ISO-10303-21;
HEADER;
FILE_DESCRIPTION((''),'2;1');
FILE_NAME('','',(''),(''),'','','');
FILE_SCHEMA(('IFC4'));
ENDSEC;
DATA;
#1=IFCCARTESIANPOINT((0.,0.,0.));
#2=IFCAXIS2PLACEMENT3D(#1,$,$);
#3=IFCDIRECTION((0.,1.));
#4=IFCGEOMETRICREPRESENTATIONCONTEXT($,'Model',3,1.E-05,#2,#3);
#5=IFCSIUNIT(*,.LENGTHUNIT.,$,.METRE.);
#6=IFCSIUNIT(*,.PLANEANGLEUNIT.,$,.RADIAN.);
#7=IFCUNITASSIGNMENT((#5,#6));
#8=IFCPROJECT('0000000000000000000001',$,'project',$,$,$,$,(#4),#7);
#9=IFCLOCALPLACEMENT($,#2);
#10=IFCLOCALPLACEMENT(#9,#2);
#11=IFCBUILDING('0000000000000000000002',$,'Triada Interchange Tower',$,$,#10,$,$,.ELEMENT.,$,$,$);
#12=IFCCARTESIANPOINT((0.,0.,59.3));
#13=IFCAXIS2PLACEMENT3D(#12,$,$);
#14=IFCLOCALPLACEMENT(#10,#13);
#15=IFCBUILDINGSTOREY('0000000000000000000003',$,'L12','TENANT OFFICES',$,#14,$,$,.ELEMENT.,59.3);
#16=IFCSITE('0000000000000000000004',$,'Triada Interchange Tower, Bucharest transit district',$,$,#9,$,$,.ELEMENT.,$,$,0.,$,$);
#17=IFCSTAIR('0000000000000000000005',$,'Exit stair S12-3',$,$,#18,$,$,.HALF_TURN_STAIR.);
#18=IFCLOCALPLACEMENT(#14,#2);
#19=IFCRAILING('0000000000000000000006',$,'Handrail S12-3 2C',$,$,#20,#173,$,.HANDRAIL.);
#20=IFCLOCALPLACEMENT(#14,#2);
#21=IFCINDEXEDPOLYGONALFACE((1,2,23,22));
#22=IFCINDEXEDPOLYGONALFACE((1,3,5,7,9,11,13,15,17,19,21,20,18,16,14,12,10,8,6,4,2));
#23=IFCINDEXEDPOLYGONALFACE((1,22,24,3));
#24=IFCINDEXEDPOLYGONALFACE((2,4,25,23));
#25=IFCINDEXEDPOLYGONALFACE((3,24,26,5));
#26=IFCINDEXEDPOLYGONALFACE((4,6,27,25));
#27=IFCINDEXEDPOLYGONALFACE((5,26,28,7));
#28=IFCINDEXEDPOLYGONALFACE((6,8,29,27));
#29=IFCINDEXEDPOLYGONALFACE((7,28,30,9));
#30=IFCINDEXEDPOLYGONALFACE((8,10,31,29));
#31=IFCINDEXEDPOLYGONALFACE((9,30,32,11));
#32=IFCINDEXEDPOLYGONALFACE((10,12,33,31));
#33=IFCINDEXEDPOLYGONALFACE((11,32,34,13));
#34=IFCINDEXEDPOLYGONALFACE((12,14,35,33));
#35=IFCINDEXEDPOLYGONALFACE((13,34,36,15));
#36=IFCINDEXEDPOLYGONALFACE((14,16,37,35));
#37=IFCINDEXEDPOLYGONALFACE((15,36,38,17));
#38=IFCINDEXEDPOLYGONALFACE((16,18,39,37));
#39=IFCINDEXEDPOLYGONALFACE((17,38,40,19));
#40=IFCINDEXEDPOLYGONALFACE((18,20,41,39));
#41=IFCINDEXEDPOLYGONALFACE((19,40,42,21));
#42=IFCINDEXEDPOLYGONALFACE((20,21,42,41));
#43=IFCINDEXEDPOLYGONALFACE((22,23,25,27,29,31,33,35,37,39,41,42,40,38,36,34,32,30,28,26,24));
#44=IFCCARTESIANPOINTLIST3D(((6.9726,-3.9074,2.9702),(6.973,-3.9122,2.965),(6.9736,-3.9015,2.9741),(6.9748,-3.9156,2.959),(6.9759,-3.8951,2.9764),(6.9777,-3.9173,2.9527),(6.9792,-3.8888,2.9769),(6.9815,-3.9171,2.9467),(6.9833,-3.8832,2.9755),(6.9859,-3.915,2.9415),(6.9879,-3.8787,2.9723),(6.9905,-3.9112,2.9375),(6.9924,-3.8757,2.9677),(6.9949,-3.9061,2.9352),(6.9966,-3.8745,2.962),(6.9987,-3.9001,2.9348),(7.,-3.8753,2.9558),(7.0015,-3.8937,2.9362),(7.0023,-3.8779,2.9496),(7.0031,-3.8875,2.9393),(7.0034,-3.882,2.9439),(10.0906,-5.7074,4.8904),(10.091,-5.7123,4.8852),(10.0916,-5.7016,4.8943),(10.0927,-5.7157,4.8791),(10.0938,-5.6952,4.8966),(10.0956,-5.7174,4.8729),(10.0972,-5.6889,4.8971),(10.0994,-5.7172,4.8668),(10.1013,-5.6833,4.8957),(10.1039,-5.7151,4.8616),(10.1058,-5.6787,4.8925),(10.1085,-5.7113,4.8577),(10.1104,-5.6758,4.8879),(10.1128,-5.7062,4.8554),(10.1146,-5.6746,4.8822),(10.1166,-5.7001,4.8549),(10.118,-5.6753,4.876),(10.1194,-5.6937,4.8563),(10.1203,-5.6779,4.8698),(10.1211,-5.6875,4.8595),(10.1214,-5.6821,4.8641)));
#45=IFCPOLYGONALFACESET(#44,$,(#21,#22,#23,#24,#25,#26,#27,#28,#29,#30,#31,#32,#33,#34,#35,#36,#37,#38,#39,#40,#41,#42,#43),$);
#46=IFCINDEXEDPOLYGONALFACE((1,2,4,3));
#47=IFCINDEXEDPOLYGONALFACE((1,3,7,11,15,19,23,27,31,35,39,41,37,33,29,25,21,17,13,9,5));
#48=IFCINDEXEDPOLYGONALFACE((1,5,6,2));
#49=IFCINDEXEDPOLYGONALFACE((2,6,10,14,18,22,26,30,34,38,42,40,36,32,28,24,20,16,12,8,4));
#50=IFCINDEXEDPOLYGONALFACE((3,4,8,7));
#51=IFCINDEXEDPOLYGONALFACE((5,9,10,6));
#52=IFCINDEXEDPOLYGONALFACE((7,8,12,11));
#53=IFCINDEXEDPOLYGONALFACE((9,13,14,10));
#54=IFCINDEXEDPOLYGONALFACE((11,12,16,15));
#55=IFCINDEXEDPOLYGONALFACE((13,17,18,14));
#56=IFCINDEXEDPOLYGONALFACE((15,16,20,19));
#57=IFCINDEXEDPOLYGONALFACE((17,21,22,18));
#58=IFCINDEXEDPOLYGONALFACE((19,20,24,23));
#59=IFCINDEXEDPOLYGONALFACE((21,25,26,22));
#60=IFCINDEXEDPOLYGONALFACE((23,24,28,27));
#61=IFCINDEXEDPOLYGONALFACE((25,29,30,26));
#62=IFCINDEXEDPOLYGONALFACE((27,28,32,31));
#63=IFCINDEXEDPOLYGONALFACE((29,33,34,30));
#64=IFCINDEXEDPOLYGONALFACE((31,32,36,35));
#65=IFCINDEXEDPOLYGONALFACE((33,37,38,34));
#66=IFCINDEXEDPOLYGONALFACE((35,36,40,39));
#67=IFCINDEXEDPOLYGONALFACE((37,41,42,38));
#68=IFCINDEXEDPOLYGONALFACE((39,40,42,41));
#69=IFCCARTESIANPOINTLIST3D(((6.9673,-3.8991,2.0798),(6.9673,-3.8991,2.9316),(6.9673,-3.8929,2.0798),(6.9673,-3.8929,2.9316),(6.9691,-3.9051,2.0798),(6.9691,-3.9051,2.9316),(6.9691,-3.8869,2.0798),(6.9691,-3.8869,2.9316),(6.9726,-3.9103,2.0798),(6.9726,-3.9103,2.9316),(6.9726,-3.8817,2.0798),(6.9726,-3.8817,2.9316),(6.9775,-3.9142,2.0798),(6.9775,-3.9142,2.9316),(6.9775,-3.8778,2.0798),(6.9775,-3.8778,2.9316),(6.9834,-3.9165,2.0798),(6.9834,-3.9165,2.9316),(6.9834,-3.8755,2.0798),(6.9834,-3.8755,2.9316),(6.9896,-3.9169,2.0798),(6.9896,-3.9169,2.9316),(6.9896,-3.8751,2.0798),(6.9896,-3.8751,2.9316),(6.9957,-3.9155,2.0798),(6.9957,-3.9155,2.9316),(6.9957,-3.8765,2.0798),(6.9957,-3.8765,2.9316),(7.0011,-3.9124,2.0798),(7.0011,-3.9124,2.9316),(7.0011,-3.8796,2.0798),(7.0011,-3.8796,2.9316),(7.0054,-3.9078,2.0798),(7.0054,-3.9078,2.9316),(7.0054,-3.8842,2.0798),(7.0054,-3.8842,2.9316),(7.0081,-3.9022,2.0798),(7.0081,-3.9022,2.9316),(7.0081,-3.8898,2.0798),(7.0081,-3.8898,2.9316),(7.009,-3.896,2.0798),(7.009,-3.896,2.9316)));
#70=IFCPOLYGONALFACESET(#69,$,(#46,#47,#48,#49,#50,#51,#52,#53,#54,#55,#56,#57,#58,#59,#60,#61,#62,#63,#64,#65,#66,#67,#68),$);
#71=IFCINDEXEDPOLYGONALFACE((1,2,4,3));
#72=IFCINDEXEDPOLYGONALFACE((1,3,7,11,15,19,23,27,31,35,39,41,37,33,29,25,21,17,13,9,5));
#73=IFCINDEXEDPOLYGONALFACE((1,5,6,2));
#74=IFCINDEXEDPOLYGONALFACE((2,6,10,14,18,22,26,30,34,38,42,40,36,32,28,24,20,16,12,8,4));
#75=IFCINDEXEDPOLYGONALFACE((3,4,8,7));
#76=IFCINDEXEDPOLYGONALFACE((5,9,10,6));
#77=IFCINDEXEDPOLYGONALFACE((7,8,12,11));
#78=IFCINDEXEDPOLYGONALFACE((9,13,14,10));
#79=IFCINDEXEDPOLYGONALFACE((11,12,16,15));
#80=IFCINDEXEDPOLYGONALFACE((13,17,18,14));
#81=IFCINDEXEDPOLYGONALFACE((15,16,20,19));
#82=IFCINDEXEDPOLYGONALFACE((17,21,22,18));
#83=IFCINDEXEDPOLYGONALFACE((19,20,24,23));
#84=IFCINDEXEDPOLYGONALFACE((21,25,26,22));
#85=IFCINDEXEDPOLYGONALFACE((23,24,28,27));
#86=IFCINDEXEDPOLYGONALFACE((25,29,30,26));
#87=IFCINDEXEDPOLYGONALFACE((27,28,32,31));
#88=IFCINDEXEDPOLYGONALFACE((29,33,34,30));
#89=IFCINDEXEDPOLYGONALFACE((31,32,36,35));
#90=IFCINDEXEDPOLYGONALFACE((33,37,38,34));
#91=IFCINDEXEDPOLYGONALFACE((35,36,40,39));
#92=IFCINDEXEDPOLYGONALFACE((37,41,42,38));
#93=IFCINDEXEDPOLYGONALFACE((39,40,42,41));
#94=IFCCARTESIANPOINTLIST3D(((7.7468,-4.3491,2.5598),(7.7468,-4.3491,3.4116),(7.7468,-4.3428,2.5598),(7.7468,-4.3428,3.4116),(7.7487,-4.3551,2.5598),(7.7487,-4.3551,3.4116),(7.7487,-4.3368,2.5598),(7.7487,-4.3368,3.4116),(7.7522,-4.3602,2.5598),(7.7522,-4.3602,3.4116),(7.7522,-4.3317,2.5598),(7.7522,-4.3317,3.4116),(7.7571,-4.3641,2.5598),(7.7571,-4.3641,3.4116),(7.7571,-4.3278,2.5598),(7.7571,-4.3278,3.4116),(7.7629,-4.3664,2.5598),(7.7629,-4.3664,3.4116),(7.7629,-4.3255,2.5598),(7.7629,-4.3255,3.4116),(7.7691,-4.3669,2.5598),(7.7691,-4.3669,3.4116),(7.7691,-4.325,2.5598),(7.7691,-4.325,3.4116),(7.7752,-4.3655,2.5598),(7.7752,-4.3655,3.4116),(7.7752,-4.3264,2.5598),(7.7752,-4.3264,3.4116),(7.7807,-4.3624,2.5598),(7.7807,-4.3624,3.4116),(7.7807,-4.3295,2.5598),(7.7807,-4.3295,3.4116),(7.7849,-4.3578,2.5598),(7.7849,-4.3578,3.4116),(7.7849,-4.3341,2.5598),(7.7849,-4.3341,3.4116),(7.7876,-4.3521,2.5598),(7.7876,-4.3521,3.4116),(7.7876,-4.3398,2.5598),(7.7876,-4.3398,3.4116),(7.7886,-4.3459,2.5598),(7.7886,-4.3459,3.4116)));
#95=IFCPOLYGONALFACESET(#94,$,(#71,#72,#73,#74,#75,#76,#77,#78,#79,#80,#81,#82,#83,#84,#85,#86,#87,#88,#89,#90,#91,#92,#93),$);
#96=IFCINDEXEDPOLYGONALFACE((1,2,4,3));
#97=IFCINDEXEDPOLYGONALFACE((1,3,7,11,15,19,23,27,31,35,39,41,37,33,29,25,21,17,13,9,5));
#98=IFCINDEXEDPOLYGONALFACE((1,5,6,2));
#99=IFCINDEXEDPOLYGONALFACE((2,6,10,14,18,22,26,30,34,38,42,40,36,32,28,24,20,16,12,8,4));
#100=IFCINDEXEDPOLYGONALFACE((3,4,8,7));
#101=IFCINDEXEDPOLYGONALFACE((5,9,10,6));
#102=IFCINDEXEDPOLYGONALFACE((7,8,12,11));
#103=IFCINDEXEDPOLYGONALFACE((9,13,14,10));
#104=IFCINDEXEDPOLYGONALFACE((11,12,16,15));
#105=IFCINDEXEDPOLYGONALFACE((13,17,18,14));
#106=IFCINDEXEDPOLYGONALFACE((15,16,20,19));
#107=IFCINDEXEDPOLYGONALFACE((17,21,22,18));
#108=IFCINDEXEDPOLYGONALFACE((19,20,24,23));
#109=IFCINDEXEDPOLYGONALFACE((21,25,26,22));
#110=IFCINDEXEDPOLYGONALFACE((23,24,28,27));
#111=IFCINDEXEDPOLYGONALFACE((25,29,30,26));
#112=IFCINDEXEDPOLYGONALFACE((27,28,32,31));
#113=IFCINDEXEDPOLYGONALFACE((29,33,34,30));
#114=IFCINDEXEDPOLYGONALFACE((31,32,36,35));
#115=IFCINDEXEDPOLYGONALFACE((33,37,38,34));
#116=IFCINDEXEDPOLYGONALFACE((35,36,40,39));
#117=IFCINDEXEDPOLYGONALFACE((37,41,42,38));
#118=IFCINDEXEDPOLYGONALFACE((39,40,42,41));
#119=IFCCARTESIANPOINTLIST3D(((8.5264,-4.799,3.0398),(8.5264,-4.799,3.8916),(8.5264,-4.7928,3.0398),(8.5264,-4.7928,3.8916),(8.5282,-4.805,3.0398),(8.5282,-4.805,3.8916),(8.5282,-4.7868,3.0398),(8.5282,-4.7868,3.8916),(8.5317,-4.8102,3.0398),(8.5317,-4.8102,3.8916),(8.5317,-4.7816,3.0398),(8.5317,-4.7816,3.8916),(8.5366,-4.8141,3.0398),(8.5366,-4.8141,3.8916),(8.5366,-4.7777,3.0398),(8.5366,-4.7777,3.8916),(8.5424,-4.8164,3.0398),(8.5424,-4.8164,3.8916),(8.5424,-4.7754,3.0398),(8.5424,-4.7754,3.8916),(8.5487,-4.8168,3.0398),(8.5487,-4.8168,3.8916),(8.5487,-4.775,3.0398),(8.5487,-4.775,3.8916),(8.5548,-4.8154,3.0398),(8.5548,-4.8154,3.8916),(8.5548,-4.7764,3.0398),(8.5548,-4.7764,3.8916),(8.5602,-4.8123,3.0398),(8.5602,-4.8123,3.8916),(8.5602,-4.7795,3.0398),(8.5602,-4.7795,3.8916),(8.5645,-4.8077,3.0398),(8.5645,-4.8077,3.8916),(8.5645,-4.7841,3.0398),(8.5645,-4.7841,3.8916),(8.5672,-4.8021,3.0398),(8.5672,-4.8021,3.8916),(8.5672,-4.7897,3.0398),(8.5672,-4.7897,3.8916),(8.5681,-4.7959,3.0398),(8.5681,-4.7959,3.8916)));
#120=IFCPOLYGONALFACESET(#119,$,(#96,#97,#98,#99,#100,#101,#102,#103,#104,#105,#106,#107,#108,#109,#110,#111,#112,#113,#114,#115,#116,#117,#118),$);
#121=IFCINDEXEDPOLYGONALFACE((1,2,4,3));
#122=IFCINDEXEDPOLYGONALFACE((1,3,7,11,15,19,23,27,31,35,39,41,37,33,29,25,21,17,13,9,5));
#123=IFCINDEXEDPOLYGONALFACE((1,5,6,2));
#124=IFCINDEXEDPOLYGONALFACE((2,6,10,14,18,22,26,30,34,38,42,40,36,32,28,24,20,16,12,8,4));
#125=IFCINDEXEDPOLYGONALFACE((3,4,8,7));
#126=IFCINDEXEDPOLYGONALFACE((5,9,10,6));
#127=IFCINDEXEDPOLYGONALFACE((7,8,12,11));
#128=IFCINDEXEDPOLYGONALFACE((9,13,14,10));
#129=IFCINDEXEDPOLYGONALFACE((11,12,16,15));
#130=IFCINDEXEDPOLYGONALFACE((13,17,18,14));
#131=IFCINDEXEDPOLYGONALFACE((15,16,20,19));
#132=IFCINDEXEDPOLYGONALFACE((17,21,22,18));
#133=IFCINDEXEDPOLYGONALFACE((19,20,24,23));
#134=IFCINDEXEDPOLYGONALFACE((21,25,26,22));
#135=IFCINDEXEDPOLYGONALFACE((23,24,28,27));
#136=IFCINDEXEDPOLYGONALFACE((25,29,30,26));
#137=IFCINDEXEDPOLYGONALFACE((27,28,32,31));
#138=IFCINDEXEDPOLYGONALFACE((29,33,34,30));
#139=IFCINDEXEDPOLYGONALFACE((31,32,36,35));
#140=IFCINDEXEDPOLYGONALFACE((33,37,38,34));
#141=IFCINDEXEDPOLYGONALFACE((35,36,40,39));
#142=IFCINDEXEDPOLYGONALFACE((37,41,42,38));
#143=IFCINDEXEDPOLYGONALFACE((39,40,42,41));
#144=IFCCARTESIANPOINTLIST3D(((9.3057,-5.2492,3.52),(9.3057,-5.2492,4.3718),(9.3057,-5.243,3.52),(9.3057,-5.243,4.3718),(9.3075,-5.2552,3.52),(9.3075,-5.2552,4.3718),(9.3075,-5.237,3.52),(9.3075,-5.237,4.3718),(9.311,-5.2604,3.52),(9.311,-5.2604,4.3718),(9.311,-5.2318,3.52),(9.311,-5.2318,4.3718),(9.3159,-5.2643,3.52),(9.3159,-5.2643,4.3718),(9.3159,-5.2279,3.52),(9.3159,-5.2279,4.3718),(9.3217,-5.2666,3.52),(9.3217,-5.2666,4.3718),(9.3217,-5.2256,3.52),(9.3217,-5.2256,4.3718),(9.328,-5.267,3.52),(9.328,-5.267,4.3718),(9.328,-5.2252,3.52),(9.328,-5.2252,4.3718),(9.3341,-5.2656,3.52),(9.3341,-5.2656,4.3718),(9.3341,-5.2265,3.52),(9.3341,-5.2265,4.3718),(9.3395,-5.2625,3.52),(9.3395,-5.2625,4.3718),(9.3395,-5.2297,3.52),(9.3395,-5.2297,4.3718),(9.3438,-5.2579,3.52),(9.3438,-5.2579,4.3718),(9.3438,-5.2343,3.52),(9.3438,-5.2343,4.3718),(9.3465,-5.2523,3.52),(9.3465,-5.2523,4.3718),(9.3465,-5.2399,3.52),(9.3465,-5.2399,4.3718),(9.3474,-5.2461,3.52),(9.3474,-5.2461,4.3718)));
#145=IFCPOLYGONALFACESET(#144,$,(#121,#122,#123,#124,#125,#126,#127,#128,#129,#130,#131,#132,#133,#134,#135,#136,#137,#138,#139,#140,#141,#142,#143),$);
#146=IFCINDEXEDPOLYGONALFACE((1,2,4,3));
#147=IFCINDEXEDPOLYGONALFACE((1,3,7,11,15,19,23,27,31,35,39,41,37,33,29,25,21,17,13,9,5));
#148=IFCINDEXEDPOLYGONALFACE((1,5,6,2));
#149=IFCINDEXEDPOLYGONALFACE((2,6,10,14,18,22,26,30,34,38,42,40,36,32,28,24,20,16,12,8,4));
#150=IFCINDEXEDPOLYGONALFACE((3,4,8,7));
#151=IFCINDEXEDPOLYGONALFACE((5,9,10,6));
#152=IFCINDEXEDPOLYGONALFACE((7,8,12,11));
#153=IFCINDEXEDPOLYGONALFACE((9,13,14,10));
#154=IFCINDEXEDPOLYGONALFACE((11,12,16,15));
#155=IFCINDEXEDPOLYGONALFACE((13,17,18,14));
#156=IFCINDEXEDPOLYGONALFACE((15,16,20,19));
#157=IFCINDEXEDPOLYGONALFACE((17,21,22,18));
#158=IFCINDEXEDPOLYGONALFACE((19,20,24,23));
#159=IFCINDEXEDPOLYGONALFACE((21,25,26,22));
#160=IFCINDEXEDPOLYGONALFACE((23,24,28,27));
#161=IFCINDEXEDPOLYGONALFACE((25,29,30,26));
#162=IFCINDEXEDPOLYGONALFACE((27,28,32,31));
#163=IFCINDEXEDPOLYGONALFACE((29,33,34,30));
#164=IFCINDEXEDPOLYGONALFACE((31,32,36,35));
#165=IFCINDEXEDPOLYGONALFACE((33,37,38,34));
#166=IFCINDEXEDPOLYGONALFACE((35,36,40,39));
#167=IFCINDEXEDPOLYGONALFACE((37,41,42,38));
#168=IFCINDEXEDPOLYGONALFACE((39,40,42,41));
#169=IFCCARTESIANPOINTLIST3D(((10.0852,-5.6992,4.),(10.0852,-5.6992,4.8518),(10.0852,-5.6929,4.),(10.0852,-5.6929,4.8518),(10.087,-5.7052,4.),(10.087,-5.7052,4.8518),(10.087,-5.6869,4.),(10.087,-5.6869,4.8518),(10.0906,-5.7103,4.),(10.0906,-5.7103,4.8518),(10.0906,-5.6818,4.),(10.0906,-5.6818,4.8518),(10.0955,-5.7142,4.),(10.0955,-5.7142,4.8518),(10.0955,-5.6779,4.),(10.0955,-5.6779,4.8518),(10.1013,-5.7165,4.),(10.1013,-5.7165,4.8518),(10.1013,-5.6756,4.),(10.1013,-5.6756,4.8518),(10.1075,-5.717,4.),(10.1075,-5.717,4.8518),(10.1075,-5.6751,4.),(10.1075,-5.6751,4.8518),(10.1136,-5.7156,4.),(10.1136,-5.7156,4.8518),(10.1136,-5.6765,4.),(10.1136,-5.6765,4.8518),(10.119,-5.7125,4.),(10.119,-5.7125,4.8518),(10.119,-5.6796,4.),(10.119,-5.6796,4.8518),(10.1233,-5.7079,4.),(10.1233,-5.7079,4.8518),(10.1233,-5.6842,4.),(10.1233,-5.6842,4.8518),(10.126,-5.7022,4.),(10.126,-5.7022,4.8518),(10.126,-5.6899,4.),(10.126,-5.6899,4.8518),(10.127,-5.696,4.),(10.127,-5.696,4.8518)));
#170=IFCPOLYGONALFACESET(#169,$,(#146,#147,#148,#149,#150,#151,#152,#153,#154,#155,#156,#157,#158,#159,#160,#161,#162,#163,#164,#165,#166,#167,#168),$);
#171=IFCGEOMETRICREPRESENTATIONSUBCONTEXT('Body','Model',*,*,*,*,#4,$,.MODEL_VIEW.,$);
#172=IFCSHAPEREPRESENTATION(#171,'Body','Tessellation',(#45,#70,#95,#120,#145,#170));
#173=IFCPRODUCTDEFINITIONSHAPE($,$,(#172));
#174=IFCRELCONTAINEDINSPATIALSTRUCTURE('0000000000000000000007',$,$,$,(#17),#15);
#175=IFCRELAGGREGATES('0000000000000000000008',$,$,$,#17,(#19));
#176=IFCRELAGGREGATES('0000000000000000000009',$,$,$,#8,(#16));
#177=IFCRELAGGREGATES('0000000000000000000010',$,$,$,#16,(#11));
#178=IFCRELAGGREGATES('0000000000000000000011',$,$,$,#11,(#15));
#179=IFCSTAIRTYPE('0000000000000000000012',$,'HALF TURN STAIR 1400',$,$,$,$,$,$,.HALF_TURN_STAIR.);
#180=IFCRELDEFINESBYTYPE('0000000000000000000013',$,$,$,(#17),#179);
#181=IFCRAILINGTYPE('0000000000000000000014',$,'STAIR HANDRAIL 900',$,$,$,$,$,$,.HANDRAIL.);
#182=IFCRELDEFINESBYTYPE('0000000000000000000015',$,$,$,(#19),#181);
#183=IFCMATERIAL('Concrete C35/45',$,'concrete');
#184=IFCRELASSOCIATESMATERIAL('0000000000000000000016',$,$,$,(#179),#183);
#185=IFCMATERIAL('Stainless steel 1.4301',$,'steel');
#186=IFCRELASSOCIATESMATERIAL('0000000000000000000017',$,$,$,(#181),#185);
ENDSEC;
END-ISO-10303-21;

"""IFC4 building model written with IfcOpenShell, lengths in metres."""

from ifc_helpers import new_model, si_unit, direction, frame, origin, origin_2d, place, context, subcontext, project, spatial, circle, extrude, material, type_object, element, aggregate, save


model = new_model("IFC4")

# Units and contexts
model_context = context("Model", 3, precision=1e-05, world=origin(), true_north=direction((0.0, 1.0)))
body_context = subcontext(model_context, "Body", "Model", "MODEL_VIEW")
ifc_project = project(units=[si_unit("LENGTHUNIT", "METRE"), si_unit("PLANEANGLEUNIT", "RADIAN")], contexts=[model_context])

# Site, building, storey
site_placement = place(None, origin())
site = spatial("IfcSite", under=ifc_project, at=site_placement, Name="Triada Interchange Tower, Bucharest transit district", CompositionType="ELEMENT", RefElevation=0.0)
building_placement = place(site_placement, origin())
building = spatial("IfcBuilding", under=site, at=building_placement, Name="Triada Interchange Tower", CompositionType="ELEMENT")
storey_placement = place(building_placement, frame((0.0, 0.0, 59.3)))
storey = spatial("IfcBuildingStorey", under=building, at=storey_placement, Name="L12", Description="TENANT OFFICES", CompositionType="ELEMENT", Elevation=59.3)

# Stair, railing
ifc_material_1 = material(Name="Concrete C35/45", Category="concrete")
stair_type = type_object("IfcStairType", Name="HALF TURN STAIR 1400", PredefinedType="HALF_TURN_STAIR", material=ifc_material_1)
stair_placement = place(storey_placement, origin())
stair = element("IfcStair", 1, at=stair_placement, inside=storey, type_object=stair_type, Name="Exit stair S12-3", PredefinedType="HALF_TURN_STAIR")
ifc_material_2 = material(Name="Stainless steel 1.4301", Category="steel")
railing_type = type_object("IfcRailingType", Name="STAIR HANDRAIL 900", PredefinedType="HANDRAIL", material=ifc_material_2)
railing_1_placement = place(storey_placement, frame((6.988, -3.896, 2.0798)))
railing_1 = element("IfcRailing", 2, at=railing_1_placement, type_object=railing_type, Name="Handrail S12-3 2C", PredefinedType="HANDRAIL", context=body_context, shape_type="SweptSolid", body=[
    extrude(circle(Radius=0.0239, at=origin_2d()), frame((0.0, 0.0, 0.876), z_axis=(0.764145, -0.441159, 0.470597), x_axis=(0.499983, 0.866035, 0.0)), (0.0, 0.0, 1.0), 4.0803),
    extrude(circle(Radius=0.021, at=origin_2d()), origin(), (0.0, 0.0, 1.0), 0.8518),
    extrude(circle(Radius=0.021, at=origin_2d()), frame((0.7795, -0.45, 0.48)), (0.0, 0.0, 1.0), 0.8518),
    extrude(circle(Radius=0.021, at=origin_2d()), frame((1.5591, -0.8999, 0.96)), (0.0, 0.0, 1.0), 0.8518),
    extrude(circle(Radius=0.021, at=origin_2d()), frame((2.3384, -1.3501, 1.4402)), (0.0, 0.0, 1.0), 0.8518),
    extrude(circle(Radius=0.021, at=origin_2d()), frame((3.1179, -1.8, 1.9202)), (0.0, 0.0, 1.0), 0.8518),
])
aggregate(stair, [railing_1])

save(model, "model.ifc")
